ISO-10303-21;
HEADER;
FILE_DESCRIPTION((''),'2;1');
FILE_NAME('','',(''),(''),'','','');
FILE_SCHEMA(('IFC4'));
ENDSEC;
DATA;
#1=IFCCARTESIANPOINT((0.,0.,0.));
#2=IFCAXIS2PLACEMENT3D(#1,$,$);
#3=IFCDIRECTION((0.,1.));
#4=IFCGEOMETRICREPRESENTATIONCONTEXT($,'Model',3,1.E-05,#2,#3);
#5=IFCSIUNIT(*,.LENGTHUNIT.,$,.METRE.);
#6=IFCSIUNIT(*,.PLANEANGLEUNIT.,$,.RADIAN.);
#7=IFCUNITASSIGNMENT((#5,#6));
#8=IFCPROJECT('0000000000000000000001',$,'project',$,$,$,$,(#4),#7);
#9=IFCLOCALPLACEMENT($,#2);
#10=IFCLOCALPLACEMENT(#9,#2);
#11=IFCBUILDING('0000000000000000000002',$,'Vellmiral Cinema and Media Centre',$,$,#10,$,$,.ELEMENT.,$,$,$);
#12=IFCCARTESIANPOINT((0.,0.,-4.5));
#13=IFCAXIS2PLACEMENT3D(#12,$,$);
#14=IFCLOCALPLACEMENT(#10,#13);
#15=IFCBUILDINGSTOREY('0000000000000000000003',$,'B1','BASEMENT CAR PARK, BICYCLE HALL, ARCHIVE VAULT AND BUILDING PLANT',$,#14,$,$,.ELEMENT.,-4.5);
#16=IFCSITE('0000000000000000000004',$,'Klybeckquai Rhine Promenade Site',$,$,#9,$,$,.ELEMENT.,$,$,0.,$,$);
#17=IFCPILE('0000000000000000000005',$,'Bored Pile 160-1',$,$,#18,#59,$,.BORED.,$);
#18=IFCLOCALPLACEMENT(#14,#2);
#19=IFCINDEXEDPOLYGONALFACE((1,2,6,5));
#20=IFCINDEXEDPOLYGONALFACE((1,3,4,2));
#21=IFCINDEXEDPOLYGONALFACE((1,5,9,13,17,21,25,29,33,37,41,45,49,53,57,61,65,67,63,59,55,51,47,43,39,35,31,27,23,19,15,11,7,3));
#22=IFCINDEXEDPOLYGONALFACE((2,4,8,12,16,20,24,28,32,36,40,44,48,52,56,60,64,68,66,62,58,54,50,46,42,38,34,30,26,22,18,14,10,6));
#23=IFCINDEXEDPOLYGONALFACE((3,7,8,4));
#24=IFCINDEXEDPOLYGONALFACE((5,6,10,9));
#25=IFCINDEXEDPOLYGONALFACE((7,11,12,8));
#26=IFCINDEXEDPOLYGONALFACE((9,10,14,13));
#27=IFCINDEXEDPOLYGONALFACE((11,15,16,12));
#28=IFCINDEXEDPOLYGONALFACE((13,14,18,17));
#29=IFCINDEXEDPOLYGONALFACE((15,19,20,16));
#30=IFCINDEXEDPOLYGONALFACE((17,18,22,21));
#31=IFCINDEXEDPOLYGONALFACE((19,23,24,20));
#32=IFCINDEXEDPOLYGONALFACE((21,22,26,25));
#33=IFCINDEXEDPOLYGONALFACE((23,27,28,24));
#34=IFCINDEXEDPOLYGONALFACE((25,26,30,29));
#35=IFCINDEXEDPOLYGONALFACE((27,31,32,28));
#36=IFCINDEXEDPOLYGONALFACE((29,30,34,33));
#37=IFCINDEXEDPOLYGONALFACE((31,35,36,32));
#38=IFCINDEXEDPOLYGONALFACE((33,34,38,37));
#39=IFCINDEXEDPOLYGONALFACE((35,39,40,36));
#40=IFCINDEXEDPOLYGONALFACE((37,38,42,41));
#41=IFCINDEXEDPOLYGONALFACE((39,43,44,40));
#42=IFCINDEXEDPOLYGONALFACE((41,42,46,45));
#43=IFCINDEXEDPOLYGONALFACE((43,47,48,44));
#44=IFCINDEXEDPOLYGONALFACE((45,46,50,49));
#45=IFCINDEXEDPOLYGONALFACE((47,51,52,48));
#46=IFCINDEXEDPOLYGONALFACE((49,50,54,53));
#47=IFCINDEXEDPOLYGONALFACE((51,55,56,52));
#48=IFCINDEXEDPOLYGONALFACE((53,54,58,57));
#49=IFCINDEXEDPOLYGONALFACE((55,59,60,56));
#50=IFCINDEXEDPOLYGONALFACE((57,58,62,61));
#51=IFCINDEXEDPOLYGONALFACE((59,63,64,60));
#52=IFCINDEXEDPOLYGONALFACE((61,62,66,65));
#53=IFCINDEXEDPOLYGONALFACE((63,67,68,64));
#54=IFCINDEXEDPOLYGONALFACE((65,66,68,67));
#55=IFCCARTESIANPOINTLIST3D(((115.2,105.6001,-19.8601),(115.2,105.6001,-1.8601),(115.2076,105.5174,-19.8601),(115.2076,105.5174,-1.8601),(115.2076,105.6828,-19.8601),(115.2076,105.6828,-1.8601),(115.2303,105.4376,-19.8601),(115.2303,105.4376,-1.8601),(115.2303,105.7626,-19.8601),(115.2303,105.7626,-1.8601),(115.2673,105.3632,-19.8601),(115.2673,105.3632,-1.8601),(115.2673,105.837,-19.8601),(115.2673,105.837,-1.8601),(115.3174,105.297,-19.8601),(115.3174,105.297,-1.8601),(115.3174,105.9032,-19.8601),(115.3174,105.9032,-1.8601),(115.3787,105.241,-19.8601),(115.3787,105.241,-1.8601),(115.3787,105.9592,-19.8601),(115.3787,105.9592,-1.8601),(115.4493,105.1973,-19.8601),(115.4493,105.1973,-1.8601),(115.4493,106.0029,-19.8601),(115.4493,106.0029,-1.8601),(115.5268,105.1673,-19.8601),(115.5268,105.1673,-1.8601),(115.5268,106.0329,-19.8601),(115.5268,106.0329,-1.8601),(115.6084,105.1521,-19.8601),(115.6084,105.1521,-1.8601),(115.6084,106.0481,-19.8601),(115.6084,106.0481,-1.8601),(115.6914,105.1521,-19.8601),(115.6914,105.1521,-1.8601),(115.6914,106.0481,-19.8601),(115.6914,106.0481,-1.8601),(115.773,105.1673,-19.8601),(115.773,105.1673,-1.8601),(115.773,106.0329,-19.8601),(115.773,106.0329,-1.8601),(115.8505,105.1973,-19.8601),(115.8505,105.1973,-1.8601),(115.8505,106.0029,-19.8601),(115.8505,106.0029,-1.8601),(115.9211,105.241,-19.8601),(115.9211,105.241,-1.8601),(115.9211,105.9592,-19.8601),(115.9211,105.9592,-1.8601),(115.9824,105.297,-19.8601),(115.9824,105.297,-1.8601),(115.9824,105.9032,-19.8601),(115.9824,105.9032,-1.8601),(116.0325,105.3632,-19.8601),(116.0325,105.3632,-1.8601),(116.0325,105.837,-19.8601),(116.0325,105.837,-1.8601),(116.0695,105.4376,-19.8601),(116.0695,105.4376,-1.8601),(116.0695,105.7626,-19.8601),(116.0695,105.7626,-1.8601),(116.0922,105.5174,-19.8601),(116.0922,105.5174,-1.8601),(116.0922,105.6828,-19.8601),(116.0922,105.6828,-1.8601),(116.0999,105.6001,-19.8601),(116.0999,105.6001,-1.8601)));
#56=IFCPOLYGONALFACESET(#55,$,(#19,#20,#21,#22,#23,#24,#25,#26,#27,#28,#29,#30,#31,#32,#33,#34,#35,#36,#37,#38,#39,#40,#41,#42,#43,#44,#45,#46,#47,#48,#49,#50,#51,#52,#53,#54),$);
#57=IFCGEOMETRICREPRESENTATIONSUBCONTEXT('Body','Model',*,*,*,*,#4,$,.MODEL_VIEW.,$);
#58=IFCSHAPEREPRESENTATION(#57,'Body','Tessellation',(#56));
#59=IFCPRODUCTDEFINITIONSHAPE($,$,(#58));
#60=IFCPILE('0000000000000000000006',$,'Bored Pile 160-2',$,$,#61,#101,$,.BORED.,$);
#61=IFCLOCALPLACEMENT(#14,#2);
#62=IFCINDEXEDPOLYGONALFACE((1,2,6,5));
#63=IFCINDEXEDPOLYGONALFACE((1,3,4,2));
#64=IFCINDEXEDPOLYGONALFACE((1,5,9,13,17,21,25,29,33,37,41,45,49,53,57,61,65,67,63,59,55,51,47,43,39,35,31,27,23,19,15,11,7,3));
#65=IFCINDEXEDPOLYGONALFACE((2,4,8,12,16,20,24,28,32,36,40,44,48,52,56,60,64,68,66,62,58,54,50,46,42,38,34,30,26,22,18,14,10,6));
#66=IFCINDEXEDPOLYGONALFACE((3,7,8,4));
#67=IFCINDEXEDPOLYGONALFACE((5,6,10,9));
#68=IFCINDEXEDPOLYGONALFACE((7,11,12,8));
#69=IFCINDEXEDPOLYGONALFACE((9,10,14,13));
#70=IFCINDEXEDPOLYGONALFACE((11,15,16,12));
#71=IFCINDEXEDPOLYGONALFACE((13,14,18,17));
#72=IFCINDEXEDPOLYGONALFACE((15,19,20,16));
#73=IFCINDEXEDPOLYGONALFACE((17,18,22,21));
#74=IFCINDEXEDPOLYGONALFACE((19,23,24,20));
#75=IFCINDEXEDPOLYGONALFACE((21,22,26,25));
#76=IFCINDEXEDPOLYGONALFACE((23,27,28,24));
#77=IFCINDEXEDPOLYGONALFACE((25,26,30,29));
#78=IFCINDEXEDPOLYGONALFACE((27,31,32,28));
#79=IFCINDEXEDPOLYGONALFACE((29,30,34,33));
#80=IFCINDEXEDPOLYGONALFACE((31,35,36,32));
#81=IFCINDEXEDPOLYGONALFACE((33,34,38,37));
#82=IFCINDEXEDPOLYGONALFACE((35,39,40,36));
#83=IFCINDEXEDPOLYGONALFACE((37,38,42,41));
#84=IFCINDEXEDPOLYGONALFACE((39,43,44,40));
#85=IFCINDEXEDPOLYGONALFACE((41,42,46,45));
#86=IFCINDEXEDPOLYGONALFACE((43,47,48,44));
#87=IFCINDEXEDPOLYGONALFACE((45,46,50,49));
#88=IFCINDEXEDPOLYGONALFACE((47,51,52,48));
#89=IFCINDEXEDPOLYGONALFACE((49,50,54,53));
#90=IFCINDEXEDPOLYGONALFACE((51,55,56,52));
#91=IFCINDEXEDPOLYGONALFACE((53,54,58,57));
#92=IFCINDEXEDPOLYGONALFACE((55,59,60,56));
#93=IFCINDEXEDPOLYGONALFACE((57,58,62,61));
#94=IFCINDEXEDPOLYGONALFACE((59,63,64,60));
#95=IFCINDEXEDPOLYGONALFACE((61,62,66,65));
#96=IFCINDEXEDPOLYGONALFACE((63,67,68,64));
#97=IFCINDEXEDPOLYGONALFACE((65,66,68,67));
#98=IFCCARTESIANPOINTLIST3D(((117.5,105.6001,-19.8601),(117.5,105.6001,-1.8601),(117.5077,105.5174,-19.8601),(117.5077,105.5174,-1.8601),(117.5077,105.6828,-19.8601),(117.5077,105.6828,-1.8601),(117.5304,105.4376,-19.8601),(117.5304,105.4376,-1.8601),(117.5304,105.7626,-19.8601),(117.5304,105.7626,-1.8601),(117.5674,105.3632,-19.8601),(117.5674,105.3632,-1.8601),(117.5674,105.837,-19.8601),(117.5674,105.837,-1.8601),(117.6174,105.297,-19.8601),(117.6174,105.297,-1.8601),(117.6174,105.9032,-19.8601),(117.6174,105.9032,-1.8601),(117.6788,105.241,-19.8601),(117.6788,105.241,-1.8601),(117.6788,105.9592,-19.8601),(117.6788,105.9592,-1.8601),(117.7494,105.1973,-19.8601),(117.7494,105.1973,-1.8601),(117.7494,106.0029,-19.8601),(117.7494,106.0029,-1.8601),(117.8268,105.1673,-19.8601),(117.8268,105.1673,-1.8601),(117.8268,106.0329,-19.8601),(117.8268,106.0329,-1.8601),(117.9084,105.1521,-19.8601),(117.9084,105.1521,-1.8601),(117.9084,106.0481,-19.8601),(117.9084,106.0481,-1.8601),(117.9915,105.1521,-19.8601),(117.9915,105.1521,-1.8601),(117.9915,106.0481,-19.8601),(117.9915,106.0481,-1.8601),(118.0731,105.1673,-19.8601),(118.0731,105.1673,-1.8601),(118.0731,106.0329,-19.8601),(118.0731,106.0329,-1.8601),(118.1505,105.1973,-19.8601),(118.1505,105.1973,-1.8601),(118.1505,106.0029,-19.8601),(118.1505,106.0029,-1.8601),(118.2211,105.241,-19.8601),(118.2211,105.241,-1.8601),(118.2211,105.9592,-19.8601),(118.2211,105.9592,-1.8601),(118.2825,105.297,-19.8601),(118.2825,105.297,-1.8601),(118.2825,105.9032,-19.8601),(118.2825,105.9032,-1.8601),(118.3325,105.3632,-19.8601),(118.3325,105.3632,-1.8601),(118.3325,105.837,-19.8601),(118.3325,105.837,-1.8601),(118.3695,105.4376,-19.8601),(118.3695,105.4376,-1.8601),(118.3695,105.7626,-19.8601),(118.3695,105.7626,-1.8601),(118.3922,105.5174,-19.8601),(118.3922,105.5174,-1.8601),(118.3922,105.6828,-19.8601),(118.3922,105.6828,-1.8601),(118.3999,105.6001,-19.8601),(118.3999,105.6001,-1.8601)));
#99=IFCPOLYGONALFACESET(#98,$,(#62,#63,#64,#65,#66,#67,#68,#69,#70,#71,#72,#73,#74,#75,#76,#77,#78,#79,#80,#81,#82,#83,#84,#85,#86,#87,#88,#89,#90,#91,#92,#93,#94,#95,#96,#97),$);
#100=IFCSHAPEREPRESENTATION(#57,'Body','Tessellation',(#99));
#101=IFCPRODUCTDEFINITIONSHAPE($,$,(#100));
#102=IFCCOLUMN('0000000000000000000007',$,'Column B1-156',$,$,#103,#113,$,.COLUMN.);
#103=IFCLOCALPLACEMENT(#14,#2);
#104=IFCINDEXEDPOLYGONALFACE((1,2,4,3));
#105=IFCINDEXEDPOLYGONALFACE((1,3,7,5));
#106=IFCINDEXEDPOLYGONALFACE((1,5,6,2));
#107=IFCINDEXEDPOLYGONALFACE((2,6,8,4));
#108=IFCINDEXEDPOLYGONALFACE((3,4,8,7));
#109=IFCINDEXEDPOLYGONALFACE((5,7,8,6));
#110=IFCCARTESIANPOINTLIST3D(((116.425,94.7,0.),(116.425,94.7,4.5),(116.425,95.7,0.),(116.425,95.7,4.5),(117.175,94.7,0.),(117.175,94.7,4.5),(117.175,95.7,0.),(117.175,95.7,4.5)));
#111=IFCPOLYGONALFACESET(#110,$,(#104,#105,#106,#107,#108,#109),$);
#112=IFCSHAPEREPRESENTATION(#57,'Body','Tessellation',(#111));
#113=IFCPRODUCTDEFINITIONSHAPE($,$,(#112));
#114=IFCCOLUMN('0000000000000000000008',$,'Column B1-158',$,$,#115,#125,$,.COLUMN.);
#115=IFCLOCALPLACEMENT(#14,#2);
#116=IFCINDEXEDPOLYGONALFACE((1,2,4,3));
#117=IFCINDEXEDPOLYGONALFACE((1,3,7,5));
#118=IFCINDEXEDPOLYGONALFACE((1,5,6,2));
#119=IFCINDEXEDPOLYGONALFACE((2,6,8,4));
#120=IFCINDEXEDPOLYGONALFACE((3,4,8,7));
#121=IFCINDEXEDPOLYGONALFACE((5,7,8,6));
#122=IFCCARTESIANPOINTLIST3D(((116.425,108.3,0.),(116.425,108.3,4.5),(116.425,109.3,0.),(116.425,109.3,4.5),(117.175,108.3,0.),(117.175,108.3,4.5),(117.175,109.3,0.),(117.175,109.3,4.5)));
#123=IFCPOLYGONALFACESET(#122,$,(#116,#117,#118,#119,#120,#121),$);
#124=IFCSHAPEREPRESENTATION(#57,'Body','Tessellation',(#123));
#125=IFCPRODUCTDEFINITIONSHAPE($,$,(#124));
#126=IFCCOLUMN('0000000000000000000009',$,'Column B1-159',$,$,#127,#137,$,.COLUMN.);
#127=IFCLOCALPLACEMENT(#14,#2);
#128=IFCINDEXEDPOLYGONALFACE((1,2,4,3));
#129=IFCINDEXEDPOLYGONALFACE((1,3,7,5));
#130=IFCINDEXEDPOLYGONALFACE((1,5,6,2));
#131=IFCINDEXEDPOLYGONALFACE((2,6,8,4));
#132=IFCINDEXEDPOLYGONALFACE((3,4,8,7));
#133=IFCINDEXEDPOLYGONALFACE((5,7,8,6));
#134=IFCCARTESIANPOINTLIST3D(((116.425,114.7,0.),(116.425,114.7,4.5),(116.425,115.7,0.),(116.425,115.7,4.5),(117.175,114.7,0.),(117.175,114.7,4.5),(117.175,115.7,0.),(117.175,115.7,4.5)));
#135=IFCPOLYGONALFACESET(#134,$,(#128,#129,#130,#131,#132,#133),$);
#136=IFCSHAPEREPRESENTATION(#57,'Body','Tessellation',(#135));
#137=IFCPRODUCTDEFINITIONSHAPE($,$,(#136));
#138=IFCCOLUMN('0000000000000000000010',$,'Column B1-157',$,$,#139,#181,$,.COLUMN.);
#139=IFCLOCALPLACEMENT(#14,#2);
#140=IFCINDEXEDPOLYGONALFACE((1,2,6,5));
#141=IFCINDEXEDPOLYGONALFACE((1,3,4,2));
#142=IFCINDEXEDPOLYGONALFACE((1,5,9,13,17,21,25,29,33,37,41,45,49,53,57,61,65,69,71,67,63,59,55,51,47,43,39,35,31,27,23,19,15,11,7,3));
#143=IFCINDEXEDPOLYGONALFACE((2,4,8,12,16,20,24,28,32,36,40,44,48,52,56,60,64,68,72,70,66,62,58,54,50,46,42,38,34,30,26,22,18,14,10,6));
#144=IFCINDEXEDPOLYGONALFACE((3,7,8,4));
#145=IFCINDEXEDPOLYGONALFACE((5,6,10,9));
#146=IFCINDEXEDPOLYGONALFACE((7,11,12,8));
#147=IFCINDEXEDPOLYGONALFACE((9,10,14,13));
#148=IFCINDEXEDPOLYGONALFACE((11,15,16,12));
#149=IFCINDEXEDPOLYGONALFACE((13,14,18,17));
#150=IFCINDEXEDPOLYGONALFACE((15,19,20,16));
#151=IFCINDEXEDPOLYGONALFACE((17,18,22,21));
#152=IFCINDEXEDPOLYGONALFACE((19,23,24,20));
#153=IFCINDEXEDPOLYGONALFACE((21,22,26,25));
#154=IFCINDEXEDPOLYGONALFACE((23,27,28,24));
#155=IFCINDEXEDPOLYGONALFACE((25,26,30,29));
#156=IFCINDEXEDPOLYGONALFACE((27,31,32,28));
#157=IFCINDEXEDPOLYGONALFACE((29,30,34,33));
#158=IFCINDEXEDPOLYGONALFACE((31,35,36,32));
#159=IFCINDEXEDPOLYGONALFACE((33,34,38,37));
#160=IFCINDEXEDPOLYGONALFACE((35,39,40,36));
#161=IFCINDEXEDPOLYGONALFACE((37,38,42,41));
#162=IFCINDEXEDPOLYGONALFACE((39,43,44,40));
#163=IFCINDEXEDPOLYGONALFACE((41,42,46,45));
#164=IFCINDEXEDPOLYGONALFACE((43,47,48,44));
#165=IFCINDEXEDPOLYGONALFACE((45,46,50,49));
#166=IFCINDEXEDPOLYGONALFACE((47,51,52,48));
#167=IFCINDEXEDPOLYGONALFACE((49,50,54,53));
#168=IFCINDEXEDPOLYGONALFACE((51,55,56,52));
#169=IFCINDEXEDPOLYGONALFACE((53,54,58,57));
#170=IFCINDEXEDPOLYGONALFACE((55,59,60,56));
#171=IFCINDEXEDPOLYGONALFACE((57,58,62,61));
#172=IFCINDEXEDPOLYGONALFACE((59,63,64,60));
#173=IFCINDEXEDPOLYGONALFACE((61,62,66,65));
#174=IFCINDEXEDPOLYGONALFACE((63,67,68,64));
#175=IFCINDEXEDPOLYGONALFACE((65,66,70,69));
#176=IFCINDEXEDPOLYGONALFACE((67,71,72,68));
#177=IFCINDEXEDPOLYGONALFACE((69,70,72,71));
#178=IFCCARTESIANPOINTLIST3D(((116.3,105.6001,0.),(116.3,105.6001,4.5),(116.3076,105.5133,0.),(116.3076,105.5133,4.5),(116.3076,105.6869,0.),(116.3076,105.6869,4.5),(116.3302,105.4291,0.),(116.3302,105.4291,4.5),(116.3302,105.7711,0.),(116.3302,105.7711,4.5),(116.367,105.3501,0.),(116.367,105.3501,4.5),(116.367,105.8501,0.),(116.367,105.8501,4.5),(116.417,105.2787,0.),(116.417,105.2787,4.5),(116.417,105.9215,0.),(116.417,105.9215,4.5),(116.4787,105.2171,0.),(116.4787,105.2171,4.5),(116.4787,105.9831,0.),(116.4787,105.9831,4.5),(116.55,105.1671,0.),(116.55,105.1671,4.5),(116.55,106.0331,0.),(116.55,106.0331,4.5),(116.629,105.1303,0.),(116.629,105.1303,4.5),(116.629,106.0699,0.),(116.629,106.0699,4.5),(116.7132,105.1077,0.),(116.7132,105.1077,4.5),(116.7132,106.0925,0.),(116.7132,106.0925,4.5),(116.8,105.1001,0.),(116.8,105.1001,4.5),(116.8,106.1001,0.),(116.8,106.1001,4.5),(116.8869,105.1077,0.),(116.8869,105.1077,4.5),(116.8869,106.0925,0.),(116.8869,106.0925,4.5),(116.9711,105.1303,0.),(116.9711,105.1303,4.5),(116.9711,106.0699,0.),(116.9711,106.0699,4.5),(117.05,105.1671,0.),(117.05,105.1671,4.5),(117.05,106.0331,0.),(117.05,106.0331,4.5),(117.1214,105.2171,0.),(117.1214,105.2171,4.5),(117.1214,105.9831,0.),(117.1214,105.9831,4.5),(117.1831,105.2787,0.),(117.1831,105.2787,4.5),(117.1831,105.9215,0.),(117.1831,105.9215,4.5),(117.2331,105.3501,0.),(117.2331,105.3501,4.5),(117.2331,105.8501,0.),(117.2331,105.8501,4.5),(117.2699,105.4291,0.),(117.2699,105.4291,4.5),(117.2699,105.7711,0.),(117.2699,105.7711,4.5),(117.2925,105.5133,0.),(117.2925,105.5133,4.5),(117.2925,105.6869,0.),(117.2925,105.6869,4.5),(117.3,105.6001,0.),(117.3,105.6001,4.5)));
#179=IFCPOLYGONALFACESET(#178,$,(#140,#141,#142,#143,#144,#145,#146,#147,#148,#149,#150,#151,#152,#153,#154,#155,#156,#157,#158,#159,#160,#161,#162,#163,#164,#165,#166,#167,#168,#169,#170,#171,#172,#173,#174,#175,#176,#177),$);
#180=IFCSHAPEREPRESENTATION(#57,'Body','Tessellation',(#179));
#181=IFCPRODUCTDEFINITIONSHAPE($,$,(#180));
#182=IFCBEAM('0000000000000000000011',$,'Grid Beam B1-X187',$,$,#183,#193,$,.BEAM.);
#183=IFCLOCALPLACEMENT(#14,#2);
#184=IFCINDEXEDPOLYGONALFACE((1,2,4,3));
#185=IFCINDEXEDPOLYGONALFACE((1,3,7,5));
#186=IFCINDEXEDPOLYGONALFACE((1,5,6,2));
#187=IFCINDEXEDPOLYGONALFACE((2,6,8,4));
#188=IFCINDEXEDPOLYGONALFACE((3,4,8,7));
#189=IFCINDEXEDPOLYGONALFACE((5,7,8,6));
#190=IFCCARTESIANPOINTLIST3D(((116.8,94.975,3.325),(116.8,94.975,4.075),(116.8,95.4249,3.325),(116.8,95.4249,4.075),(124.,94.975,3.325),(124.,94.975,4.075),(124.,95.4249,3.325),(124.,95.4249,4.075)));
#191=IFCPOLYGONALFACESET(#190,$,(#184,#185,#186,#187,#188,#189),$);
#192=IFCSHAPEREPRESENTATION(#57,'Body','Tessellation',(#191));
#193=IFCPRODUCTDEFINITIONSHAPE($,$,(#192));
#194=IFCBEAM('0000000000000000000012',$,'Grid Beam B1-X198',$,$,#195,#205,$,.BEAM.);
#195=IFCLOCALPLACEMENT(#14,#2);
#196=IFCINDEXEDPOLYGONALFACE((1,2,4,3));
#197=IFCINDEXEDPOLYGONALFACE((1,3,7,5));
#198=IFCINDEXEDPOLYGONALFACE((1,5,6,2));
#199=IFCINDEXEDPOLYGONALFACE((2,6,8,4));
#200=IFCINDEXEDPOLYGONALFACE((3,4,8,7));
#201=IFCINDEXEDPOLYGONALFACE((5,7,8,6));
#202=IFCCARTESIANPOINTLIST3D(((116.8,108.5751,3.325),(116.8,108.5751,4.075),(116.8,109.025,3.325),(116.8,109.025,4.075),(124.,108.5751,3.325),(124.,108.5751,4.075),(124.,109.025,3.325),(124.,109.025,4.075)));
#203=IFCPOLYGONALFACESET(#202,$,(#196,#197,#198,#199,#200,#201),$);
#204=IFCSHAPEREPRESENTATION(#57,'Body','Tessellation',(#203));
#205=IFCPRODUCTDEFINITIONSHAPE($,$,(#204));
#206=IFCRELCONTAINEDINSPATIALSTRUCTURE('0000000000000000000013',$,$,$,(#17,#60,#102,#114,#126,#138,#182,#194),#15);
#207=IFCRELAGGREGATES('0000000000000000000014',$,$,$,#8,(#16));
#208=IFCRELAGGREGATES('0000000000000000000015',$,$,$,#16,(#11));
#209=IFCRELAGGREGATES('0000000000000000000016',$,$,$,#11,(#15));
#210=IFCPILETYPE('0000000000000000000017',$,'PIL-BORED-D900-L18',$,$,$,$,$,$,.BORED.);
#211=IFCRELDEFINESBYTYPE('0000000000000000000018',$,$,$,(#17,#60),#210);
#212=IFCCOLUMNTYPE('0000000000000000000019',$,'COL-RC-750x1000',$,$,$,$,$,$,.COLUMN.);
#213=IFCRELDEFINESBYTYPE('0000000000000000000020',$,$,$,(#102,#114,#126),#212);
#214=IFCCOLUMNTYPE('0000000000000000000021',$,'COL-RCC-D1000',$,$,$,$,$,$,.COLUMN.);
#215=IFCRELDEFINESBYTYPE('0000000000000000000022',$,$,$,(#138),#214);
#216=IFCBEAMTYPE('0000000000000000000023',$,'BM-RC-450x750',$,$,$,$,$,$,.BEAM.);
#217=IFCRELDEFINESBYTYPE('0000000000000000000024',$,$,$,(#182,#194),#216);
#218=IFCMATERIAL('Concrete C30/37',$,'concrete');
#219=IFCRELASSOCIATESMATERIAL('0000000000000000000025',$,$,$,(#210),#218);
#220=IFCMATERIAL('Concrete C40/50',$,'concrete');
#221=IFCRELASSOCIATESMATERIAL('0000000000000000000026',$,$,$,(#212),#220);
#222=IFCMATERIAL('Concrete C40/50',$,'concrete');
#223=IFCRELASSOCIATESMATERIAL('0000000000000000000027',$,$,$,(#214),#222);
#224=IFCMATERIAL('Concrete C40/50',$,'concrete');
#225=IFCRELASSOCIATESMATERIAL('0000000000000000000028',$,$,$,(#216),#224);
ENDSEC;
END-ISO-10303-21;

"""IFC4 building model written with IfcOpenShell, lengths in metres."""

from ifc_helpers import new_model, si_unit, direction, frame, origin, origin_2d, place, context, subcontext, project, spatial, rectangle, circle, extrude, material, material_profile, profile_set, type_object, element, save


model = new_model("IFC4")

# Units and contexts
model_context = context("Model", 3, precision=1e-05, world=origin(), true_north=direction((0.0, 1.0)))
body_context = subcontext(model_context, "Body", "Model", "MODEL_VIEW")
ifc_project = project(units=[si_unit("LENGTHUNIT", "METRE"), si_unit("PLANEANGLEUNIT", "RADIAN")], contexts=[model_context])

# Site, building, storey
site_placement = place(None, origin())
site = spatial("IfcSite", under=ifc_project, at=site_placement, Name="Klybeckquai Rhine Promenade Site", CompositionType="ELEMENT", RefElevation=0.0)
building_placement = place(site_placement, origin())
building = spatial("IfcBuilding", under=site, at=building_placement, Name="Vellmiral Cinema and Media Centre", CompositionType="ELEMENT")
storey_placement = place(building_placement, frame((0.0, 0.0, -4.5)))
storey = spatial("IfcBuildingStorey", under=building, at=storey_placement, Name="B1", Description="BASEMENT CAR PARK, BICYCLE HALL, ARCHIVE VAULT AND BUILDING PLANT", CompositionType="ELEMENT", Elevation=-4.5)

# Piles
ifc_material_1 = material(Name="Concrete C30/37", Category="concrete")
ifc_material_profile_1 = material_profile(ifc_material_1, circle(Radius=0.45, at=origin_2d()), Name="PILE D900")
ifc_profile_set_1 = profile_set([ifc_material_profile_1], Name="Concrete C30/37")
pile_type_1 = type_object("IfcPileType", Name="PIL-BORED-D900-L18", PredefinedType="BORED", material=ifc_profile_set_1)
for number, where, z_axis, x_axis, name in (
    (1, (115.6499, 105.6001, -1.8601), (0.0, 0.0, -1.0), (1.0, 0.0, 0.0), "Bored Pile 160-1"),
    (2, (117.95, 105.6001, -1.8601), (0.0, 0.0, -1.0), (1.0, 0.0, 0.0), "Bored Pile 160-2"),
):
    element("IfcPile", number, at=place(storey_placement, frame(where, z_axis=z_axis, x_axis=x_axis)), inside=storey, type_object=pile_type_1, Name=name, PredefinedType="BORED", context=body_context, shape_type="SweptSolid", body=[
        extrude(circle(Radius=0.45, at=origin_2d()), origin(), (0.0, 0.0, 1.0), 18.0),
    ])

# Columns
ifc_material_2 = material(Name="Concrete C40/50", Category="concrete")
ifc_material_profile_2 = material_profile(ifc_material_2, rectangle(XDim=0.75, YDim=1.0, at=origin_2d()), Name="RC 750x1000")
ifc_profile_set_2 = profile_set([ifc_material_profile_2], Name="Concrete C40/50")
column_type_1 = type_object("IfcColumnType", Name="COL-RC-750x1000", PredefinedType="COLUMN", material=ifc_profile_set_2)
for number, where, z_axis, x_axis, name in (
    (3, (116.8, 95.2, 0.0), (0.0, 0.0, 1.0), (1.0, 0.0, 0.0), "Column B1-156"),
    (4, (116.8, 108.8, 0.0), (0.0, 0.0, 1.0), (1.0, 0.0, 0.0), "Column B1-158"),
    (5, (116.8, 115.2, 0.0), (0.0, 0.0, 1.0), (1.0, 0.0, 0.0), "Column B1-159"),
):
    element("IfcColumn", number, at=place(storey_placement, frame(where, z_axis=z_axis, x_axis=x_axis)), inside=storey, type_object=column_type_1, Name=name, PredefinedType="COLUMN", context=body_context, shape_type="SweptSolid", body=[
        extrude(rectangle(XDim=0.75, YDim=1.0, at=origin_2d()), origin(), (0.0, 0.0, 1.0), 4.5),
    ])
ifc_material_3 = material(Name="Concrete C40/50", Category="concrete")
ifc_material_profile_3 = material_profile(ifc_material_3, circle(Radius=0.5, at=origin_2d()), Name="RC D1000")
ifc_profile_set_3 = profile_set([ifc_material_profile_3], Name="Concrete C40/50")
column_type_2 = type_object("IfcColumnType", Name="COL-RCC-D1000", PredefinedType="COLUMN", material=ifc_profile_set_3)
column_placement = place(storey_placement, frame((116.8, 105.6001, 0.0), z_axis=(0.0, 0.0, 1.0), x_axis=(1.0, 0.0, 0.0)))
element("IfcColumn", 6, at=column_placement, inside=storey, type_object=column_type_2, Name="Column B1-157", PredefinedType="COLUMN", context=body_context, shape_type="SweptSolid", body=[
    extrude(circle(Radius=0.5, at=origin_2d()), origin(), (0.0, 0.0, 1.0), 4.5),
])

# Beams
ifc_material_4 = material(Name="Concrete C40/50", Category="concrete")
ifc_material_profile_4 = material_profile(ifc_material_4, rectangle(XDim=0.45, YDim=0.75, at=origin_2d()), Name="RC 450x750")
ifc_profile_set_4 = profile_set([ifc_material_profile_4], Name="Concrete C40/50")
beam_type_1 = type_object("IfcBeamType", Name="BM-RC-450x750", PredefinedType="BEAM", material=ifc_profile_set_4)
for number, where, z_axis, x_axis, name in (
    (7, (116.8, 95.2, 3.7), (1.0, 0.0, 0.0), (0.0, 1.0, 0.0), "Grid Beam B1-X187"),
    (8, (116.8, 108.8, 3.7), (1.0, 0.0, 0.0), (0.0, 1.0, 0.0), "Grid Beam B1-X198"),
):
    element("IfcBeam", number, at=place(storey_placement, frame(where, z_axis=z_axis, x_axis=x_axis)), inside=storey, type_object=beam_type_1, Name=name, PredefinedType="BEAM", context=body_context, shape_type="SweptSolid", body=[
        extrude(rectangle(XDim=0.45, YDim=0.75, at=origin_2d()), origin(), (0.0, 0.0, 1.0), 7.2),
    ])

save(model, "model.ifc")
